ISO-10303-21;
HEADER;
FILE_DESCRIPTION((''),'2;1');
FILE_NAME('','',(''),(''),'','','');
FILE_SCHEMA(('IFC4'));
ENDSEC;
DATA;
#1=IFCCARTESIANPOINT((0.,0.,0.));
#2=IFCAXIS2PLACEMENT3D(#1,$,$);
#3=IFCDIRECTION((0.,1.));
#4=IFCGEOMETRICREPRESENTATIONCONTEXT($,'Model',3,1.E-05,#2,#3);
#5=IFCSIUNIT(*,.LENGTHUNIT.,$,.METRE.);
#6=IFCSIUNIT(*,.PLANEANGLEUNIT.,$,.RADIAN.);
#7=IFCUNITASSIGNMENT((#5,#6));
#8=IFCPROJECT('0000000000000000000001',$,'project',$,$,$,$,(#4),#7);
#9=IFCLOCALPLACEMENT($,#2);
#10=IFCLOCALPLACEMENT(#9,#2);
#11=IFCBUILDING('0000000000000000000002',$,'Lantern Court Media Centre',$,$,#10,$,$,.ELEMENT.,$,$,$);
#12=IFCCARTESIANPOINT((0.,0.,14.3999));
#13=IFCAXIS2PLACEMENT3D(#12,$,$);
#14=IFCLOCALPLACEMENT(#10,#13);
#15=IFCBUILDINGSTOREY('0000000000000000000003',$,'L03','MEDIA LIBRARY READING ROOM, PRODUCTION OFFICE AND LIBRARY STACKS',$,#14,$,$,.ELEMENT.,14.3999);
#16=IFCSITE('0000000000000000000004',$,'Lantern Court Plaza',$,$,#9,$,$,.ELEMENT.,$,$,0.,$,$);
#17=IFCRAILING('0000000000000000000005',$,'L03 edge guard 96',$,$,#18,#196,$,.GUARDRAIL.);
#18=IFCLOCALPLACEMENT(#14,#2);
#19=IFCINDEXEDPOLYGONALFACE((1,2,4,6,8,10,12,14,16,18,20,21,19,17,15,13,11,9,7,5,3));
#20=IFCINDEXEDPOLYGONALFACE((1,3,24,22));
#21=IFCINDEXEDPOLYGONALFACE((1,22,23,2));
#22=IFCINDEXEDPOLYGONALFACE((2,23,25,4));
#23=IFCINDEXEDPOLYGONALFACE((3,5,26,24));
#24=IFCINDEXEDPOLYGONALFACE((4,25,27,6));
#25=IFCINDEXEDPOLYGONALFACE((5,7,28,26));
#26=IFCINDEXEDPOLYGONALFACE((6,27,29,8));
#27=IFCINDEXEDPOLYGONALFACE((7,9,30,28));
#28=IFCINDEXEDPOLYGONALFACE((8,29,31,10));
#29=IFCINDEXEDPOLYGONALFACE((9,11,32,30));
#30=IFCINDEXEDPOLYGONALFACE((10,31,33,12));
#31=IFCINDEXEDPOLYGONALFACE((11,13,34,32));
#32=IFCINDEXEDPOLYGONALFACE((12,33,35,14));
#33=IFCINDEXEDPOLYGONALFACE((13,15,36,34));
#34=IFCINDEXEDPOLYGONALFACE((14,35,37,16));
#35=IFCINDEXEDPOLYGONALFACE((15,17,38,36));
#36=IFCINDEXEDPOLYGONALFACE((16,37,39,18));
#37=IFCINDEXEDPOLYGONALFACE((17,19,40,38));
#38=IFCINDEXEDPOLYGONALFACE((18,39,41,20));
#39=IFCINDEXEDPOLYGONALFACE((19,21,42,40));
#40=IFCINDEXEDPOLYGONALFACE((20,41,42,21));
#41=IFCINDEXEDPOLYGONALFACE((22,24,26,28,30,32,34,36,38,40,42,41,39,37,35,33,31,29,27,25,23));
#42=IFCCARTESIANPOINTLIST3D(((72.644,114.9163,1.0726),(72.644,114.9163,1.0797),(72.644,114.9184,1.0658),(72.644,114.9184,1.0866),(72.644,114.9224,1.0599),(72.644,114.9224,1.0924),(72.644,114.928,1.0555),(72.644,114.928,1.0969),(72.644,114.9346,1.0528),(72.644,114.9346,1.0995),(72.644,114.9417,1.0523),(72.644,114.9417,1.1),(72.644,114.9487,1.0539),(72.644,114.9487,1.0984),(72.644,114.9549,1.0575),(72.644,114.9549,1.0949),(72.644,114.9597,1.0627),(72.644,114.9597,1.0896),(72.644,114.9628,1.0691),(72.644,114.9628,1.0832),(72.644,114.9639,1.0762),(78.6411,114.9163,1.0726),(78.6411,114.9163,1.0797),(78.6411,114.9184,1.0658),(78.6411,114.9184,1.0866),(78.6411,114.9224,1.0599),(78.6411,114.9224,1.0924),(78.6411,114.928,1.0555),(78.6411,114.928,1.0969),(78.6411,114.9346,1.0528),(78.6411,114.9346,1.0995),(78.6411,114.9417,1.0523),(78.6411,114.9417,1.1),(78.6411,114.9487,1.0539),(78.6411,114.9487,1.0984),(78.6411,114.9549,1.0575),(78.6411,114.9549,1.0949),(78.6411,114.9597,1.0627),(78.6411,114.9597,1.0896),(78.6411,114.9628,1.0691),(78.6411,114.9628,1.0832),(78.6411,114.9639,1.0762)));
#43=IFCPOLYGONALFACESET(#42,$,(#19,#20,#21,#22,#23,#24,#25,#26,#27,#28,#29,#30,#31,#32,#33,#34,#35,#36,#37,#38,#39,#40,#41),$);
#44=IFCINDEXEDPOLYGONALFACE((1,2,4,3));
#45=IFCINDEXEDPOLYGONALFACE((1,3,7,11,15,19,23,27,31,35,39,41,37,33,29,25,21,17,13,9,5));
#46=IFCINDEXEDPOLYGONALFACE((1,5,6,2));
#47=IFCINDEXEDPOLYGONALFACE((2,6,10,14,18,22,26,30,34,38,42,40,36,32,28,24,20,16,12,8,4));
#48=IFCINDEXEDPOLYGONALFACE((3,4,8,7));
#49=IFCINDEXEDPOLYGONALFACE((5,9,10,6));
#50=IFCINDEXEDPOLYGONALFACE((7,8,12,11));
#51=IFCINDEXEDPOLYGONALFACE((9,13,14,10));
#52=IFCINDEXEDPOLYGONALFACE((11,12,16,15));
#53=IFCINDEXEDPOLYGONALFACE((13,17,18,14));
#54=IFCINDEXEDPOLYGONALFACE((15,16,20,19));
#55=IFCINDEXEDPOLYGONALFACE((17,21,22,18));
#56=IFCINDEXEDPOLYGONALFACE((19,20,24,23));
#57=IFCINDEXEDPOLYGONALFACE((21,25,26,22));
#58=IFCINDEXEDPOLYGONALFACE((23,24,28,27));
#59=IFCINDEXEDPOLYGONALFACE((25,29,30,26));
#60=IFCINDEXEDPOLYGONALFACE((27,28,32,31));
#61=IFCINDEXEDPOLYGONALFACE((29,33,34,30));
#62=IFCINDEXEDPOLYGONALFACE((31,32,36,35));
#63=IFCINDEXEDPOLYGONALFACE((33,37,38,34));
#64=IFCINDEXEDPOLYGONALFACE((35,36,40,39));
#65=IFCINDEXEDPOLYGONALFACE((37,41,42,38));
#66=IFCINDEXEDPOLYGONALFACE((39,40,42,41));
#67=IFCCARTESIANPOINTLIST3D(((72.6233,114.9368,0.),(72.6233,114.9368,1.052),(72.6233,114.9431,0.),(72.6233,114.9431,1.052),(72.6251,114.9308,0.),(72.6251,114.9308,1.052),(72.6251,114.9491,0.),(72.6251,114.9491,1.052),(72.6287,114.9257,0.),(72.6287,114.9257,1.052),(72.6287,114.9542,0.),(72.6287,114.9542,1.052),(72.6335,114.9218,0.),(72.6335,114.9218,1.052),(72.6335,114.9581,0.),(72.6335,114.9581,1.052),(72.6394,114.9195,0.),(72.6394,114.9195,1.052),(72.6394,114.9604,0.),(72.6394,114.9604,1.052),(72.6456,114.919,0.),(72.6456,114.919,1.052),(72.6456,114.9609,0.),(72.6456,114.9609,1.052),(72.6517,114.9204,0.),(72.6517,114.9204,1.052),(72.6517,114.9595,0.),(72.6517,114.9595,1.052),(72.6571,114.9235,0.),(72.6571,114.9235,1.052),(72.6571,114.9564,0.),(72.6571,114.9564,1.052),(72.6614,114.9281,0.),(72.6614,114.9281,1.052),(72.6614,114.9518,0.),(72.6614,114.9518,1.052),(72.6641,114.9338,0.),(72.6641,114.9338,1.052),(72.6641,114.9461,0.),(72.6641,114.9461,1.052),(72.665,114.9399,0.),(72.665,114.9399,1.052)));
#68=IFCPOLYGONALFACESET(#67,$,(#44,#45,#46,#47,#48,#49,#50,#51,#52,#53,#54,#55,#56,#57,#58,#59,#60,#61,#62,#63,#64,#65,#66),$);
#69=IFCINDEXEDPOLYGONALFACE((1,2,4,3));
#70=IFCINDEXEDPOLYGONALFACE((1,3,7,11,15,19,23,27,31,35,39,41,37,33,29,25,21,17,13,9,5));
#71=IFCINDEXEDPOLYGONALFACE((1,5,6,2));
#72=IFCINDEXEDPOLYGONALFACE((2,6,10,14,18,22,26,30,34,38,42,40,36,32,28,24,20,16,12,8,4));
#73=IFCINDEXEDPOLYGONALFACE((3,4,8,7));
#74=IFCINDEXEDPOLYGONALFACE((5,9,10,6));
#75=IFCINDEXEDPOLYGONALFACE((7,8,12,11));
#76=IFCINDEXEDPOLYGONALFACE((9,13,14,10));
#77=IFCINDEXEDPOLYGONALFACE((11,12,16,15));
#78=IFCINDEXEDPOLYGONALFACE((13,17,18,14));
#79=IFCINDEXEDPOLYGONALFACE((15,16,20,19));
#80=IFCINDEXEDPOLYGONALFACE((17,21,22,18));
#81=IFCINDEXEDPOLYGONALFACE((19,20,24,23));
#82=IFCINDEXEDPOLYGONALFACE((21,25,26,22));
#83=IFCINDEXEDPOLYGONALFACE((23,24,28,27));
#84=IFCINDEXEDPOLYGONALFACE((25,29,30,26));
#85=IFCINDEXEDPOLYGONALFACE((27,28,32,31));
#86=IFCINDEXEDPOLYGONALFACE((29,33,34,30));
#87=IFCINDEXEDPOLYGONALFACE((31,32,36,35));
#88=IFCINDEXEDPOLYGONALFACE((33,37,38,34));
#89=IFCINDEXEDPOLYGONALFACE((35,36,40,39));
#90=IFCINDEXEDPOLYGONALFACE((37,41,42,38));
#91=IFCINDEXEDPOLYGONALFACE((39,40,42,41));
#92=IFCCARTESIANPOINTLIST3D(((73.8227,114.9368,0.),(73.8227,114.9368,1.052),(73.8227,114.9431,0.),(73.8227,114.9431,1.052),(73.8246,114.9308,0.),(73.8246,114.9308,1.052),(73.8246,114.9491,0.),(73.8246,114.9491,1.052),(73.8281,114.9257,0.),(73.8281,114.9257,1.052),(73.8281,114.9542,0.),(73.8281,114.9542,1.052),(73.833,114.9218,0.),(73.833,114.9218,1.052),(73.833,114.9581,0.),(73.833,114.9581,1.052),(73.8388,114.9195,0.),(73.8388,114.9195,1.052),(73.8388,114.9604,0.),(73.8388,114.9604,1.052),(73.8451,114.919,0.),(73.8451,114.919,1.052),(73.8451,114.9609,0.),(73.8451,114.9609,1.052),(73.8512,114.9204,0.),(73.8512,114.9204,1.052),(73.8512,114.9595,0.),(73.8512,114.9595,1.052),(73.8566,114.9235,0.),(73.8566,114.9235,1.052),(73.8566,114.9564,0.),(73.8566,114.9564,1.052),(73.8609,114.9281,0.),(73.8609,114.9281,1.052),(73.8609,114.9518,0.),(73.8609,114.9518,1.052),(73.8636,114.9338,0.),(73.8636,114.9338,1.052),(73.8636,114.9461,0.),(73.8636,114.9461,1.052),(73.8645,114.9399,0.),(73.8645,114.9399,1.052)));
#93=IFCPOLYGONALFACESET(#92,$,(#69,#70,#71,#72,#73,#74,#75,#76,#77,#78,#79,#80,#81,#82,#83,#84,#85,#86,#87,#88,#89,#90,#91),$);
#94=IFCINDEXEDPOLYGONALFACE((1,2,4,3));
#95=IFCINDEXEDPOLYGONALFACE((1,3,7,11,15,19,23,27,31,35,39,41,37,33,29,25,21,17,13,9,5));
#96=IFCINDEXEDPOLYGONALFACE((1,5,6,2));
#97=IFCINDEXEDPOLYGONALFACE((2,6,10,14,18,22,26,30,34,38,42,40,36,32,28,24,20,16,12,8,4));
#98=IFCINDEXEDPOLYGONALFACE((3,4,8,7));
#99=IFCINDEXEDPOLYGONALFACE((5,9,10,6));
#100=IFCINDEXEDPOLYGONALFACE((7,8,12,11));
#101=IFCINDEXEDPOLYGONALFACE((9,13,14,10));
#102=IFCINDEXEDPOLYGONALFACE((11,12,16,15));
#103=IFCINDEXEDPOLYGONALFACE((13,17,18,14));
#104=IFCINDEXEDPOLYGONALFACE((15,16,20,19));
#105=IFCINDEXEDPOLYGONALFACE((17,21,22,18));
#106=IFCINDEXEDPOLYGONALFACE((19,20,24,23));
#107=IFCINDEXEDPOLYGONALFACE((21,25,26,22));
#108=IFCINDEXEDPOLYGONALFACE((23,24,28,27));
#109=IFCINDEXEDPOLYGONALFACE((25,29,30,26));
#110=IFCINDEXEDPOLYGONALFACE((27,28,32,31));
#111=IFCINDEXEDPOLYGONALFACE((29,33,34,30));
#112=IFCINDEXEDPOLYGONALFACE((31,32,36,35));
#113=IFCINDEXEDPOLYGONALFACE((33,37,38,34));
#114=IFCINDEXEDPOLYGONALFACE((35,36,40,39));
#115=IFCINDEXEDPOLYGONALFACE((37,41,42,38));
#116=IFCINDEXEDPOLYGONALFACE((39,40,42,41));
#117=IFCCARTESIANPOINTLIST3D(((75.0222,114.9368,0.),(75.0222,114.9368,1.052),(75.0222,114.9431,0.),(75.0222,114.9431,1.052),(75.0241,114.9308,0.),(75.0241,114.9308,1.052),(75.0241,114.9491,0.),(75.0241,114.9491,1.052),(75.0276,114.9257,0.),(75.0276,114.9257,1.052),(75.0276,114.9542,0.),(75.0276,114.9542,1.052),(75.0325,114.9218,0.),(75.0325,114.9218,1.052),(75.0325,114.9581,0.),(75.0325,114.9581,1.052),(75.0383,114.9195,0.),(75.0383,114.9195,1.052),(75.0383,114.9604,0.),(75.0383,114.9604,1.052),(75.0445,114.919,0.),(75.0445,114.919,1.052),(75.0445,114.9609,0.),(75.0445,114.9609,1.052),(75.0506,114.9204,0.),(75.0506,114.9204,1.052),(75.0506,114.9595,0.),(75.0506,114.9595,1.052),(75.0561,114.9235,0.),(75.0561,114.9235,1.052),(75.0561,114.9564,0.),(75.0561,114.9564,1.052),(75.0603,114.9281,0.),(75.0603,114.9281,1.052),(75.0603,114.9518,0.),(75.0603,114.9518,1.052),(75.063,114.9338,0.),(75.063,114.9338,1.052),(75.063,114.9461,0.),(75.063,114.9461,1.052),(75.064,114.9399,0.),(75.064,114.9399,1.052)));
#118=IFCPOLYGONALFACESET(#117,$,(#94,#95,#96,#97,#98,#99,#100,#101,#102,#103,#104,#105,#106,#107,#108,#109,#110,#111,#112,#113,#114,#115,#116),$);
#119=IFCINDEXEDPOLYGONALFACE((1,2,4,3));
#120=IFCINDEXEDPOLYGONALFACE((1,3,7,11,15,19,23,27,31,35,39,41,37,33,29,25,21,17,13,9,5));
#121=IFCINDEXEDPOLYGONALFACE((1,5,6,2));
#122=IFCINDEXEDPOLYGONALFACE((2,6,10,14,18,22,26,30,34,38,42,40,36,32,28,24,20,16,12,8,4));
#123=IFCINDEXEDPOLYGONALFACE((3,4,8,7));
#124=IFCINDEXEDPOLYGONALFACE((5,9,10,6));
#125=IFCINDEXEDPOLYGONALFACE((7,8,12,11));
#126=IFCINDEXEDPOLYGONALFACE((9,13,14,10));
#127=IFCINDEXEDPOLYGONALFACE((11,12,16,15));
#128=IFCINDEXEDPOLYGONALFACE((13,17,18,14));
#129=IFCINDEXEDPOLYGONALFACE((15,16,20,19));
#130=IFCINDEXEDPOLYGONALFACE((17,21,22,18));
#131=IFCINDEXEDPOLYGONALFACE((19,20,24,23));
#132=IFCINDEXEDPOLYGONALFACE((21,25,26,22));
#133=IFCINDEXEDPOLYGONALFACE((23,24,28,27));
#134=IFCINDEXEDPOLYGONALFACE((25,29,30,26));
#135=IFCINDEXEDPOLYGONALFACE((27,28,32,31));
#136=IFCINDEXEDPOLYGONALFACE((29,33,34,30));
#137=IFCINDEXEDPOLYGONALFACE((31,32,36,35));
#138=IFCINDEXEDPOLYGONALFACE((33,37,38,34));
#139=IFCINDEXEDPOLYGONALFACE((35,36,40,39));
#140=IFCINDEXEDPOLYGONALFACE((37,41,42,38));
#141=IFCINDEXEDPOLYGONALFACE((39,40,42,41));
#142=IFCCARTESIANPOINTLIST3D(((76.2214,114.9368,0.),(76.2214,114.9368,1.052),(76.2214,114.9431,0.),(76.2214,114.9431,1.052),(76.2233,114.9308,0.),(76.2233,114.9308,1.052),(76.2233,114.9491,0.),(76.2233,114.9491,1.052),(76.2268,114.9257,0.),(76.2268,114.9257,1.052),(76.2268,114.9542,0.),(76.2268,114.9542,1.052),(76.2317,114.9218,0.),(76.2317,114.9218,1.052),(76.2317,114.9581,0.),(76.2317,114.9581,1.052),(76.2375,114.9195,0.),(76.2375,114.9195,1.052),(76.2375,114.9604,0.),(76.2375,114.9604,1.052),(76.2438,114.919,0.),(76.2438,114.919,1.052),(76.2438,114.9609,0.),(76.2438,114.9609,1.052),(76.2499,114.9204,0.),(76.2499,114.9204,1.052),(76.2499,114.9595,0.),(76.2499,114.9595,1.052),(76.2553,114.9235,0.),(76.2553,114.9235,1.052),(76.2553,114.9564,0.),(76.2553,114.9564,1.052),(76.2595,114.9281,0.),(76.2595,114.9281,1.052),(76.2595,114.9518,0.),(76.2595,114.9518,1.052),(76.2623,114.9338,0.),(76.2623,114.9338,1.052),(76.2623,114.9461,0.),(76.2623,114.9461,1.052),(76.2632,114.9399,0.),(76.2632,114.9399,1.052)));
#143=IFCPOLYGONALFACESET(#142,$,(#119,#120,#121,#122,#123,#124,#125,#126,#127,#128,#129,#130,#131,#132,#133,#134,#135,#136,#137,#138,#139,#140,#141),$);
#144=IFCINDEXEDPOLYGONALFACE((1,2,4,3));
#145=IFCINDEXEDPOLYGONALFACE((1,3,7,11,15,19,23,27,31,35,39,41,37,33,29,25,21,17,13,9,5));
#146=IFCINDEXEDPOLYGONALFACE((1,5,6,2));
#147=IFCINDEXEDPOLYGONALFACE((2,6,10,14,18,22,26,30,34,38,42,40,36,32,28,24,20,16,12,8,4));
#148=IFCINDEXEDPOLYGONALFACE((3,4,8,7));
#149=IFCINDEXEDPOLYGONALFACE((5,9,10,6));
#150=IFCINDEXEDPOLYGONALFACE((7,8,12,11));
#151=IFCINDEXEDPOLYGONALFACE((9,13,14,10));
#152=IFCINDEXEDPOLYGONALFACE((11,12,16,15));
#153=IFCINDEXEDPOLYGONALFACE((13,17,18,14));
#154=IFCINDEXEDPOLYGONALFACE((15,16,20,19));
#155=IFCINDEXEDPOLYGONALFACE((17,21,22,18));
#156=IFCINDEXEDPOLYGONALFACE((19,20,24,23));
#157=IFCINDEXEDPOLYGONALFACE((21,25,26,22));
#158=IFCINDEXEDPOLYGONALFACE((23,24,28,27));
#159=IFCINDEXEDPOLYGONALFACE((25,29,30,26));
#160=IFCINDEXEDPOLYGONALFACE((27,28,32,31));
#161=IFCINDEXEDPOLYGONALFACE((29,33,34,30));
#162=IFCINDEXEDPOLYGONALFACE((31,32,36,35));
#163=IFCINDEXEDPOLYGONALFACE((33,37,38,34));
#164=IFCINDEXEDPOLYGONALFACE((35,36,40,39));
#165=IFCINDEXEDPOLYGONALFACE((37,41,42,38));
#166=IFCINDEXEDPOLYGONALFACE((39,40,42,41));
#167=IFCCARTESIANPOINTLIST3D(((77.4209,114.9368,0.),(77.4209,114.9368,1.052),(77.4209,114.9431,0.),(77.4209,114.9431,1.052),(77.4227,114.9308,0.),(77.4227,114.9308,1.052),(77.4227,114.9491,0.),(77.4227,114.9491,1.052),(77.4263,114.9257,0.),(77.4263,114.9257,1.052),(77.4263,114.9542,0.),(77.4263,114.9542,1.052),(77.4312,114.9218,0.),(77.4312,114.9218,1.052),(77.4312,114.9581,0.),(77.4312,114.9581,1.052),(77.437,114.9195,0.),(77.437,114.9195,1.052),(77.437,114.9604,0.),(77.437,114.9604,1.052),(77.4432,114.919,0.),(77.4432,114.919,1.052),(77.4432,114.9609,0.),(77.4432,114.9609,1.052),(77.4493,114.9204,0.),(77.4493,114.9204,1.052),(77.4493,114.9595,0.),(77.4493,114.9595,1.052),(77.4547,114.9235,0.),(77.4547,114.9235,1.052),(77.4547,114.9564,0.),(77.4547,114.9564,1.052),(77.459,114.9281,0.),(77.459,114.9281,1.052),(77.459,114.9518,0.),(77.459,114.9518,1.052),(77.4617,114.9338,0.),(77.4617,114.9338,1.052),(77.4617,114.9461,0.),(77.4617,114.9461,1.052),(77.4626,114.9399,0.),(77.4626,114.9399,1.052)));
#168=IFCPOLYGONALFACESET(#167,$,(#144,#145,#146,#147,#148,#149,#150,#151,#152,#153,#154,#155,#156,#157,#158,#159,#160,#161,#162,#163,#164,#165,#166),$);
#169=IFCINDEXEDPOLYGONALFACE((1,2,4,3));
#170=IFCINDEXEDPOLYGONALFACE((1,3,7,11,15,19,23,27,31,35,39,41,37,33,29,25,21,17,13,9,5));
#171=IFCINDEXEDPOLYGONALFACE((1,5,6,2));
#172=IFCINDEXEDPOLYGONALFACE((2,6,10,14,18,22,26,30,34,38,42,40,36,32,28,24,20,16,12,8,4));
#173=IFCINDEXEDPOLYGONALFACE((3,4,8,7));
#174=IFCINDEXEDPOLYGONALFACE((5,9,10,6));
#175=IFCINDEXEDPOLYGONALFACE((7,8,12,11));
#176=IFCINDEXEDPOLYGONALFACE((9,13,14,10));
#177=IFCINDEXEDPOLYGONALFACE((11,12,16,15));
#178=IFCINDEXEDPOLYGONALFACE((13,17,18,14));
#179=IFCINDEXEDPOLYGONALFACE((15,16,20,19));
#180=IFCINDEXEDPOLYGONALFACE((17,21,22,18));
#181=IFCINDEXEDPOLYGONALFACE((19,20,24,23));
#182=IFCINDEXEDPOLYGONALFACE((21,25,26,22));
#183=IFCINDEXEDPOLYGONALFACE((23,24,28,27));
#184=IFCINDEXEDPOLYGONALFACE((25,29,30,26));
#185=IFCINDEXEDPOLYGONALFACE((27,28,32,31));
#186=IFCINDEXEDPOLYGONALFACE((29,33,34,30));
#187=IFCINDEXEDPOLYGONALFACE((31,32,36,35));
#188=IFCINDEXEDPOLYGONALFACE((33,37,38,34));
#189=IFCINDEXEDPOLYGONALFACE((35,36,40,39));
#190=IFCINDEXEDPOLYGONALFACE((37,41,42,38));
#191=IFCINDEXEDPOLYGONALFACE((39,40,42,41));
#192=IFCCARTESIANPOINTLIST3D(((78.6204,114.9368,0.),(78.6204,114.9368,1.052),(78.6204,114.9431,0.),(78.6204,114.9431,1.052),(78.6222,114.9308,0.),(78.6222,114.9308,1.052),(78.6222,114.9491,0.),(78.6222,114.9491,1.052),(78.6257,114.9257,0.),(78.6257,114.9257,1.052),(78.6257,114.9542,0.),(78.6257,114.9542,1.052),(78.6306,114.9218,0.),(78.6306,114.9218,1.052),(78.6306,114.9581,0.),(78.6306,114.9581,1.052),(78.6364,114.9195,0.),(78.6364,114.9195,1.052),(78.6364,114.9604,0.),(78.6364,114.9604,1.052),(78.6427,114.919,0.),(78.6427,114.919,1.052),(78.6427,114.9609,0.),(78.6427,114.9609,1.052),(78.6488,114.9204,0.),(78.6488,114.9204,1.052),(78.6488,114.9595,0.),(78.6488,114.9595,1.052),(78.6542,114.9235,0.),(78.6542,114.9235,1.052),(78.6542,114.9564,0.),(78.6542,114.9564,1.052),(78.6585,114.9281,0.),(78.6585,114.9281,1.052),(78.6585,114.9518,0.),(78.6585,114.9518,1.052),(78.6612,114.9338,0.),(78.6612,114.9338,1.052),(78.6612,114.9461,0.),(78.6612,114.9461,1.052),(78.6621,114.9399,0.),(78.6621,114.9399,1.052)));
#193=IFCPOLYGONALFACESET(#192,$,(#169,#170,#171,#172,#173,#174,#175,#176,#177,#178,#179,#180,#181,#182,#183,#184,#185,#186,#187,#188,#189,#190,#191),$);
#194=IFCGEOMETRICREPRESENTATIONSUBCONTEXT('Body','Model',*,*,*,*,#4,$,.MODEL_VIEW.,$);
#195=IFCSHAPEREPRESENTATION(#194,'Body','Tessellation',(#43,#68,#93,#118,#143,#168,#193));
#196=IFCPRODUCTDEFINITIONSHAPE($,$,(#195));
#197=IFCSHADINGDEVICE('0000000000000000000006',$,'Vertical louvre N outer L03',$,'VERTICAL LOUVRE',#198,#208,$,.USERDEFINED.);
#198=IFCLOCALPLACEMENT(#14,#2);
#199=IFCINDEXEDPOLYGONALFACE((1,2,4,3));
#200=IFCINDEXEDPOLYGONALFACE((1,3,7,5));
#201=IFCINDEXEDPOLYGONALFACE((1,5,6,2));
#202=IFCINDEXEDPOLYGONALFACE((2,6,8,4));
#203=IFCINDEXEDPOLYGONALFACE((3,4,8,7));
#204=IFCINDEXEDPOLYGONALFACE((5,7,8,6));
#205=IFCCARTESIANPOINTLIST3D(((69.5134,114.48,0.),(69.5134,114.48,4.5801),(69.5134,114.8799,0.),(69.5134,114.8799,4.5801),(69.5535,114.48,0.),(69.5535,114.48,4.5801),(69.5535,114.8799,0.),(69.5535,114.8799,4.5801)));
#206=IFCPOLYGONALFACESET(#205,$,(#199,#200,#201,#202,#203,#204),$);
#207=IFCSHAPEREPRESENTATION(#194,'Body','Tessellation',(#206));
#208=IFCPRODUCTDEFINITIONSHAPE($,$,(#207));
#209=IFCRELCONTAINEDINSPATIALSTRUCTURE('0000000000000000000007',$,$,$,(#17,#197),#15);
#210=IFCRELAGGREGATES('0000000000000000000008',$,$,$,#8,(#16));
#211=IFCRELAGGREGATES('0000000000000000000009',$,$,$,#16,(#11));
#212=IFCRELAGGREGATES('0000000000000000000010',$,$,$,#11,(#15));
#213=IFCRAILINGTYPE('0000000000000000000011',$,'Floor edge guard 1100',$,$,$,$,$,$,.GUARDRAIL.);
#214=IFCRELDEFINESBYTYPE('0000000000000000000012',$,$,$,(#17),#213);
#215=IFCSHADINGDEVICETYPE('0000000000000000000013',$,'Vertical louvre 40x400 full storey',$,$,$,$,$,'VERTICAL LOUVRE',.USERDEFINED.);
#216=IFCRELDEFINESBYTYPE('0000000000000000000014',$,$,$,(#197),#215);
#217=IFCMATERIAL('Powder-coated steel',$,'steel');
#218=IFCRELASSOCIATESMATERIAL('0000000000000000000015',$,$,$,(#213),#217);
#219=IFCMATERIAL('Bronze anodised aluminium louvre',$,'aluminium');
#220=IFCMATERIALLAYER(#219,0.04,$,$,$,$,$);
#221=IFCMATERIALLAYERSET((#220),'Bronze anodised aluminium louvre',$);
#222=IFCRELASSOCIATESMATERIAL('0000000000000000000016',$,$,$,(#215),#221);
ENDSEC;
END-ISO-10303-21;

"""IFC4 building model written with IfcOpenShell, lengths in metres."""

from ifc_helpers import new_model, si_unit, direction, frame, origin, origin_2d, place, context, subcontext, project, spatial, rectangle, circle, extrude, material, layer, layer_set, type_object, element, save


model = new_model("IFC4")

# Units and contexts
model_context = context("Model", 3, precision=1e-05, world=origin(), true_north=direction((0.0, 1.0)))
body_context = subcontext(model_context, "Body", "Model", "MODEL_VIEW")
ifc_project = project(units=[si_unit("LENGTHUNIT", "METRE"), si_unit("PLANEANGLEUNIT", "RADIAN")], contexts=[model_context])

# Site, building, storey
site_placement = place(None, origin())
site = spatial("IfcSite", under=ifc_project, at=site_placement, Name="Lantern Court Plaza", CompositionType="ELEMENT", RefElevation=0.0)
building_placement = place(site_placement, origin())
building = spatial("IfcBuilding", under=site, at=building_placement, Name="Lantern Court Media Centre", CompositionType="ELEMENT")
storey_placement = place(building_placement, frame((0.0, 0.0, 14.3999)))
storey = spatial("IfcBuildingStorey", under=building, at=storey_placement, Name="L03", Description="MEDIA LIBRARY READING ROOM, PRODUCTION OFFICE AND LIBRARY STACKS", CompositionType="ELEMENT", Elevation=14.3999)

# Railing
ifc_material_1 = material(Name="Powder-coated steel", Category="steel")
railing_type = type_object("IfcRailingType", Name="Floor edge guard 1100", PredefinedType="GUARDRAIL", material=ifc_material_1)
railing_placement = place(storey_placement, frame((72.644, 114.9399, 0.0)))
element("IfcRailing", 1, at=railing_placement, inside=storey, type_object=railing_type, Name="L03 edge guard 96", PredefinedType="GUARDRAIL", context=body_context, shape_type="SweptSolid", body=[
    extrude(circle(Radius=0.0239, at=origin_2d()), frame((0.0, 0.0, 1.0762), z_axis=(1.0, 0.0, 0.0), x_axis=(0.0, 1.0, 0.0)), (0.0, 0.0, 1.0), 5.9971),
    extrude(circle(Radius=0.021, at=origin_2d()), origin(), (0.0, 0.0, 1.0), 1.052),
    extrude(circle(Radius=0.021, at=origin_2d()), frame((1.1995, 0.0, 0.0)), (0.0, 0.0, 1.0), 1.052),
    extrude(circle(Radius=0.021, at=origin_2d()), frame((2.3989, 0.0, 0.0)), (0.0, 0.0, 1.0), 1.052),
    extrude(circle(Radius=0.021, at=origin_2d()), frame((3.5981, 0.0, 0.0)), (0.0, 0.0, 1.0), 1.052),
    extrude(circle(Radius=0.021, at=origin_2d()), frame((4.7976, 0.0, 0.0)), (0.0, 0.0, 1.0), 1.052),
    extrude(circle(Radius=0.021, at=origin_2d()), frame((5.9971, 0.0, 0.0)), (0.0, 0.0, 1.0), 1.052),
])

# Shading device
ifc_material_2 = material(Name="Bronze anodised aluminium louvre", Category="aluminium")
ifc_layer_1 = layer(ifc_material_2, 0.04)
ifc_layer_set_1 = layer_set([ifc_layer_1], Name="Bronze anodised aluminium louvre")
shading_device_type = type_object("IfcShadingDeviceType", Name="Vertical louvre 40x400 full storey", ElementType="VERTICAL LOUVRE", PredefinedType="USERDEFINED", material=ifc_layer_set_1)
for number, where, z_axis, x_axis, name in (
    (2, (69.5334, 114.6799, 0.0), (0.0, 0.0, 1.0), (1.0, 0.0, 0.0), "Vertical louvre N outer L03"),
):
    element("IfcShadingDevice", number, at=place(storey_placement, frame(where, z_axis=z_axis, x_axis=x_axis)), inside=storey, type_object=shading_device_type, Name=name, ObjectType="VERTICAL LOUVRE", PredefinedType="USERDEFINED", context=body_context, shape_type="SweptSolid", body=[
        extrude(rectangle(XDim=0.04, YDim=0.3999, at=origin_2d()), origin(), (0.0, 0.0, 1.0), 4.5801),
    ])

save(model, "model.ifc")
